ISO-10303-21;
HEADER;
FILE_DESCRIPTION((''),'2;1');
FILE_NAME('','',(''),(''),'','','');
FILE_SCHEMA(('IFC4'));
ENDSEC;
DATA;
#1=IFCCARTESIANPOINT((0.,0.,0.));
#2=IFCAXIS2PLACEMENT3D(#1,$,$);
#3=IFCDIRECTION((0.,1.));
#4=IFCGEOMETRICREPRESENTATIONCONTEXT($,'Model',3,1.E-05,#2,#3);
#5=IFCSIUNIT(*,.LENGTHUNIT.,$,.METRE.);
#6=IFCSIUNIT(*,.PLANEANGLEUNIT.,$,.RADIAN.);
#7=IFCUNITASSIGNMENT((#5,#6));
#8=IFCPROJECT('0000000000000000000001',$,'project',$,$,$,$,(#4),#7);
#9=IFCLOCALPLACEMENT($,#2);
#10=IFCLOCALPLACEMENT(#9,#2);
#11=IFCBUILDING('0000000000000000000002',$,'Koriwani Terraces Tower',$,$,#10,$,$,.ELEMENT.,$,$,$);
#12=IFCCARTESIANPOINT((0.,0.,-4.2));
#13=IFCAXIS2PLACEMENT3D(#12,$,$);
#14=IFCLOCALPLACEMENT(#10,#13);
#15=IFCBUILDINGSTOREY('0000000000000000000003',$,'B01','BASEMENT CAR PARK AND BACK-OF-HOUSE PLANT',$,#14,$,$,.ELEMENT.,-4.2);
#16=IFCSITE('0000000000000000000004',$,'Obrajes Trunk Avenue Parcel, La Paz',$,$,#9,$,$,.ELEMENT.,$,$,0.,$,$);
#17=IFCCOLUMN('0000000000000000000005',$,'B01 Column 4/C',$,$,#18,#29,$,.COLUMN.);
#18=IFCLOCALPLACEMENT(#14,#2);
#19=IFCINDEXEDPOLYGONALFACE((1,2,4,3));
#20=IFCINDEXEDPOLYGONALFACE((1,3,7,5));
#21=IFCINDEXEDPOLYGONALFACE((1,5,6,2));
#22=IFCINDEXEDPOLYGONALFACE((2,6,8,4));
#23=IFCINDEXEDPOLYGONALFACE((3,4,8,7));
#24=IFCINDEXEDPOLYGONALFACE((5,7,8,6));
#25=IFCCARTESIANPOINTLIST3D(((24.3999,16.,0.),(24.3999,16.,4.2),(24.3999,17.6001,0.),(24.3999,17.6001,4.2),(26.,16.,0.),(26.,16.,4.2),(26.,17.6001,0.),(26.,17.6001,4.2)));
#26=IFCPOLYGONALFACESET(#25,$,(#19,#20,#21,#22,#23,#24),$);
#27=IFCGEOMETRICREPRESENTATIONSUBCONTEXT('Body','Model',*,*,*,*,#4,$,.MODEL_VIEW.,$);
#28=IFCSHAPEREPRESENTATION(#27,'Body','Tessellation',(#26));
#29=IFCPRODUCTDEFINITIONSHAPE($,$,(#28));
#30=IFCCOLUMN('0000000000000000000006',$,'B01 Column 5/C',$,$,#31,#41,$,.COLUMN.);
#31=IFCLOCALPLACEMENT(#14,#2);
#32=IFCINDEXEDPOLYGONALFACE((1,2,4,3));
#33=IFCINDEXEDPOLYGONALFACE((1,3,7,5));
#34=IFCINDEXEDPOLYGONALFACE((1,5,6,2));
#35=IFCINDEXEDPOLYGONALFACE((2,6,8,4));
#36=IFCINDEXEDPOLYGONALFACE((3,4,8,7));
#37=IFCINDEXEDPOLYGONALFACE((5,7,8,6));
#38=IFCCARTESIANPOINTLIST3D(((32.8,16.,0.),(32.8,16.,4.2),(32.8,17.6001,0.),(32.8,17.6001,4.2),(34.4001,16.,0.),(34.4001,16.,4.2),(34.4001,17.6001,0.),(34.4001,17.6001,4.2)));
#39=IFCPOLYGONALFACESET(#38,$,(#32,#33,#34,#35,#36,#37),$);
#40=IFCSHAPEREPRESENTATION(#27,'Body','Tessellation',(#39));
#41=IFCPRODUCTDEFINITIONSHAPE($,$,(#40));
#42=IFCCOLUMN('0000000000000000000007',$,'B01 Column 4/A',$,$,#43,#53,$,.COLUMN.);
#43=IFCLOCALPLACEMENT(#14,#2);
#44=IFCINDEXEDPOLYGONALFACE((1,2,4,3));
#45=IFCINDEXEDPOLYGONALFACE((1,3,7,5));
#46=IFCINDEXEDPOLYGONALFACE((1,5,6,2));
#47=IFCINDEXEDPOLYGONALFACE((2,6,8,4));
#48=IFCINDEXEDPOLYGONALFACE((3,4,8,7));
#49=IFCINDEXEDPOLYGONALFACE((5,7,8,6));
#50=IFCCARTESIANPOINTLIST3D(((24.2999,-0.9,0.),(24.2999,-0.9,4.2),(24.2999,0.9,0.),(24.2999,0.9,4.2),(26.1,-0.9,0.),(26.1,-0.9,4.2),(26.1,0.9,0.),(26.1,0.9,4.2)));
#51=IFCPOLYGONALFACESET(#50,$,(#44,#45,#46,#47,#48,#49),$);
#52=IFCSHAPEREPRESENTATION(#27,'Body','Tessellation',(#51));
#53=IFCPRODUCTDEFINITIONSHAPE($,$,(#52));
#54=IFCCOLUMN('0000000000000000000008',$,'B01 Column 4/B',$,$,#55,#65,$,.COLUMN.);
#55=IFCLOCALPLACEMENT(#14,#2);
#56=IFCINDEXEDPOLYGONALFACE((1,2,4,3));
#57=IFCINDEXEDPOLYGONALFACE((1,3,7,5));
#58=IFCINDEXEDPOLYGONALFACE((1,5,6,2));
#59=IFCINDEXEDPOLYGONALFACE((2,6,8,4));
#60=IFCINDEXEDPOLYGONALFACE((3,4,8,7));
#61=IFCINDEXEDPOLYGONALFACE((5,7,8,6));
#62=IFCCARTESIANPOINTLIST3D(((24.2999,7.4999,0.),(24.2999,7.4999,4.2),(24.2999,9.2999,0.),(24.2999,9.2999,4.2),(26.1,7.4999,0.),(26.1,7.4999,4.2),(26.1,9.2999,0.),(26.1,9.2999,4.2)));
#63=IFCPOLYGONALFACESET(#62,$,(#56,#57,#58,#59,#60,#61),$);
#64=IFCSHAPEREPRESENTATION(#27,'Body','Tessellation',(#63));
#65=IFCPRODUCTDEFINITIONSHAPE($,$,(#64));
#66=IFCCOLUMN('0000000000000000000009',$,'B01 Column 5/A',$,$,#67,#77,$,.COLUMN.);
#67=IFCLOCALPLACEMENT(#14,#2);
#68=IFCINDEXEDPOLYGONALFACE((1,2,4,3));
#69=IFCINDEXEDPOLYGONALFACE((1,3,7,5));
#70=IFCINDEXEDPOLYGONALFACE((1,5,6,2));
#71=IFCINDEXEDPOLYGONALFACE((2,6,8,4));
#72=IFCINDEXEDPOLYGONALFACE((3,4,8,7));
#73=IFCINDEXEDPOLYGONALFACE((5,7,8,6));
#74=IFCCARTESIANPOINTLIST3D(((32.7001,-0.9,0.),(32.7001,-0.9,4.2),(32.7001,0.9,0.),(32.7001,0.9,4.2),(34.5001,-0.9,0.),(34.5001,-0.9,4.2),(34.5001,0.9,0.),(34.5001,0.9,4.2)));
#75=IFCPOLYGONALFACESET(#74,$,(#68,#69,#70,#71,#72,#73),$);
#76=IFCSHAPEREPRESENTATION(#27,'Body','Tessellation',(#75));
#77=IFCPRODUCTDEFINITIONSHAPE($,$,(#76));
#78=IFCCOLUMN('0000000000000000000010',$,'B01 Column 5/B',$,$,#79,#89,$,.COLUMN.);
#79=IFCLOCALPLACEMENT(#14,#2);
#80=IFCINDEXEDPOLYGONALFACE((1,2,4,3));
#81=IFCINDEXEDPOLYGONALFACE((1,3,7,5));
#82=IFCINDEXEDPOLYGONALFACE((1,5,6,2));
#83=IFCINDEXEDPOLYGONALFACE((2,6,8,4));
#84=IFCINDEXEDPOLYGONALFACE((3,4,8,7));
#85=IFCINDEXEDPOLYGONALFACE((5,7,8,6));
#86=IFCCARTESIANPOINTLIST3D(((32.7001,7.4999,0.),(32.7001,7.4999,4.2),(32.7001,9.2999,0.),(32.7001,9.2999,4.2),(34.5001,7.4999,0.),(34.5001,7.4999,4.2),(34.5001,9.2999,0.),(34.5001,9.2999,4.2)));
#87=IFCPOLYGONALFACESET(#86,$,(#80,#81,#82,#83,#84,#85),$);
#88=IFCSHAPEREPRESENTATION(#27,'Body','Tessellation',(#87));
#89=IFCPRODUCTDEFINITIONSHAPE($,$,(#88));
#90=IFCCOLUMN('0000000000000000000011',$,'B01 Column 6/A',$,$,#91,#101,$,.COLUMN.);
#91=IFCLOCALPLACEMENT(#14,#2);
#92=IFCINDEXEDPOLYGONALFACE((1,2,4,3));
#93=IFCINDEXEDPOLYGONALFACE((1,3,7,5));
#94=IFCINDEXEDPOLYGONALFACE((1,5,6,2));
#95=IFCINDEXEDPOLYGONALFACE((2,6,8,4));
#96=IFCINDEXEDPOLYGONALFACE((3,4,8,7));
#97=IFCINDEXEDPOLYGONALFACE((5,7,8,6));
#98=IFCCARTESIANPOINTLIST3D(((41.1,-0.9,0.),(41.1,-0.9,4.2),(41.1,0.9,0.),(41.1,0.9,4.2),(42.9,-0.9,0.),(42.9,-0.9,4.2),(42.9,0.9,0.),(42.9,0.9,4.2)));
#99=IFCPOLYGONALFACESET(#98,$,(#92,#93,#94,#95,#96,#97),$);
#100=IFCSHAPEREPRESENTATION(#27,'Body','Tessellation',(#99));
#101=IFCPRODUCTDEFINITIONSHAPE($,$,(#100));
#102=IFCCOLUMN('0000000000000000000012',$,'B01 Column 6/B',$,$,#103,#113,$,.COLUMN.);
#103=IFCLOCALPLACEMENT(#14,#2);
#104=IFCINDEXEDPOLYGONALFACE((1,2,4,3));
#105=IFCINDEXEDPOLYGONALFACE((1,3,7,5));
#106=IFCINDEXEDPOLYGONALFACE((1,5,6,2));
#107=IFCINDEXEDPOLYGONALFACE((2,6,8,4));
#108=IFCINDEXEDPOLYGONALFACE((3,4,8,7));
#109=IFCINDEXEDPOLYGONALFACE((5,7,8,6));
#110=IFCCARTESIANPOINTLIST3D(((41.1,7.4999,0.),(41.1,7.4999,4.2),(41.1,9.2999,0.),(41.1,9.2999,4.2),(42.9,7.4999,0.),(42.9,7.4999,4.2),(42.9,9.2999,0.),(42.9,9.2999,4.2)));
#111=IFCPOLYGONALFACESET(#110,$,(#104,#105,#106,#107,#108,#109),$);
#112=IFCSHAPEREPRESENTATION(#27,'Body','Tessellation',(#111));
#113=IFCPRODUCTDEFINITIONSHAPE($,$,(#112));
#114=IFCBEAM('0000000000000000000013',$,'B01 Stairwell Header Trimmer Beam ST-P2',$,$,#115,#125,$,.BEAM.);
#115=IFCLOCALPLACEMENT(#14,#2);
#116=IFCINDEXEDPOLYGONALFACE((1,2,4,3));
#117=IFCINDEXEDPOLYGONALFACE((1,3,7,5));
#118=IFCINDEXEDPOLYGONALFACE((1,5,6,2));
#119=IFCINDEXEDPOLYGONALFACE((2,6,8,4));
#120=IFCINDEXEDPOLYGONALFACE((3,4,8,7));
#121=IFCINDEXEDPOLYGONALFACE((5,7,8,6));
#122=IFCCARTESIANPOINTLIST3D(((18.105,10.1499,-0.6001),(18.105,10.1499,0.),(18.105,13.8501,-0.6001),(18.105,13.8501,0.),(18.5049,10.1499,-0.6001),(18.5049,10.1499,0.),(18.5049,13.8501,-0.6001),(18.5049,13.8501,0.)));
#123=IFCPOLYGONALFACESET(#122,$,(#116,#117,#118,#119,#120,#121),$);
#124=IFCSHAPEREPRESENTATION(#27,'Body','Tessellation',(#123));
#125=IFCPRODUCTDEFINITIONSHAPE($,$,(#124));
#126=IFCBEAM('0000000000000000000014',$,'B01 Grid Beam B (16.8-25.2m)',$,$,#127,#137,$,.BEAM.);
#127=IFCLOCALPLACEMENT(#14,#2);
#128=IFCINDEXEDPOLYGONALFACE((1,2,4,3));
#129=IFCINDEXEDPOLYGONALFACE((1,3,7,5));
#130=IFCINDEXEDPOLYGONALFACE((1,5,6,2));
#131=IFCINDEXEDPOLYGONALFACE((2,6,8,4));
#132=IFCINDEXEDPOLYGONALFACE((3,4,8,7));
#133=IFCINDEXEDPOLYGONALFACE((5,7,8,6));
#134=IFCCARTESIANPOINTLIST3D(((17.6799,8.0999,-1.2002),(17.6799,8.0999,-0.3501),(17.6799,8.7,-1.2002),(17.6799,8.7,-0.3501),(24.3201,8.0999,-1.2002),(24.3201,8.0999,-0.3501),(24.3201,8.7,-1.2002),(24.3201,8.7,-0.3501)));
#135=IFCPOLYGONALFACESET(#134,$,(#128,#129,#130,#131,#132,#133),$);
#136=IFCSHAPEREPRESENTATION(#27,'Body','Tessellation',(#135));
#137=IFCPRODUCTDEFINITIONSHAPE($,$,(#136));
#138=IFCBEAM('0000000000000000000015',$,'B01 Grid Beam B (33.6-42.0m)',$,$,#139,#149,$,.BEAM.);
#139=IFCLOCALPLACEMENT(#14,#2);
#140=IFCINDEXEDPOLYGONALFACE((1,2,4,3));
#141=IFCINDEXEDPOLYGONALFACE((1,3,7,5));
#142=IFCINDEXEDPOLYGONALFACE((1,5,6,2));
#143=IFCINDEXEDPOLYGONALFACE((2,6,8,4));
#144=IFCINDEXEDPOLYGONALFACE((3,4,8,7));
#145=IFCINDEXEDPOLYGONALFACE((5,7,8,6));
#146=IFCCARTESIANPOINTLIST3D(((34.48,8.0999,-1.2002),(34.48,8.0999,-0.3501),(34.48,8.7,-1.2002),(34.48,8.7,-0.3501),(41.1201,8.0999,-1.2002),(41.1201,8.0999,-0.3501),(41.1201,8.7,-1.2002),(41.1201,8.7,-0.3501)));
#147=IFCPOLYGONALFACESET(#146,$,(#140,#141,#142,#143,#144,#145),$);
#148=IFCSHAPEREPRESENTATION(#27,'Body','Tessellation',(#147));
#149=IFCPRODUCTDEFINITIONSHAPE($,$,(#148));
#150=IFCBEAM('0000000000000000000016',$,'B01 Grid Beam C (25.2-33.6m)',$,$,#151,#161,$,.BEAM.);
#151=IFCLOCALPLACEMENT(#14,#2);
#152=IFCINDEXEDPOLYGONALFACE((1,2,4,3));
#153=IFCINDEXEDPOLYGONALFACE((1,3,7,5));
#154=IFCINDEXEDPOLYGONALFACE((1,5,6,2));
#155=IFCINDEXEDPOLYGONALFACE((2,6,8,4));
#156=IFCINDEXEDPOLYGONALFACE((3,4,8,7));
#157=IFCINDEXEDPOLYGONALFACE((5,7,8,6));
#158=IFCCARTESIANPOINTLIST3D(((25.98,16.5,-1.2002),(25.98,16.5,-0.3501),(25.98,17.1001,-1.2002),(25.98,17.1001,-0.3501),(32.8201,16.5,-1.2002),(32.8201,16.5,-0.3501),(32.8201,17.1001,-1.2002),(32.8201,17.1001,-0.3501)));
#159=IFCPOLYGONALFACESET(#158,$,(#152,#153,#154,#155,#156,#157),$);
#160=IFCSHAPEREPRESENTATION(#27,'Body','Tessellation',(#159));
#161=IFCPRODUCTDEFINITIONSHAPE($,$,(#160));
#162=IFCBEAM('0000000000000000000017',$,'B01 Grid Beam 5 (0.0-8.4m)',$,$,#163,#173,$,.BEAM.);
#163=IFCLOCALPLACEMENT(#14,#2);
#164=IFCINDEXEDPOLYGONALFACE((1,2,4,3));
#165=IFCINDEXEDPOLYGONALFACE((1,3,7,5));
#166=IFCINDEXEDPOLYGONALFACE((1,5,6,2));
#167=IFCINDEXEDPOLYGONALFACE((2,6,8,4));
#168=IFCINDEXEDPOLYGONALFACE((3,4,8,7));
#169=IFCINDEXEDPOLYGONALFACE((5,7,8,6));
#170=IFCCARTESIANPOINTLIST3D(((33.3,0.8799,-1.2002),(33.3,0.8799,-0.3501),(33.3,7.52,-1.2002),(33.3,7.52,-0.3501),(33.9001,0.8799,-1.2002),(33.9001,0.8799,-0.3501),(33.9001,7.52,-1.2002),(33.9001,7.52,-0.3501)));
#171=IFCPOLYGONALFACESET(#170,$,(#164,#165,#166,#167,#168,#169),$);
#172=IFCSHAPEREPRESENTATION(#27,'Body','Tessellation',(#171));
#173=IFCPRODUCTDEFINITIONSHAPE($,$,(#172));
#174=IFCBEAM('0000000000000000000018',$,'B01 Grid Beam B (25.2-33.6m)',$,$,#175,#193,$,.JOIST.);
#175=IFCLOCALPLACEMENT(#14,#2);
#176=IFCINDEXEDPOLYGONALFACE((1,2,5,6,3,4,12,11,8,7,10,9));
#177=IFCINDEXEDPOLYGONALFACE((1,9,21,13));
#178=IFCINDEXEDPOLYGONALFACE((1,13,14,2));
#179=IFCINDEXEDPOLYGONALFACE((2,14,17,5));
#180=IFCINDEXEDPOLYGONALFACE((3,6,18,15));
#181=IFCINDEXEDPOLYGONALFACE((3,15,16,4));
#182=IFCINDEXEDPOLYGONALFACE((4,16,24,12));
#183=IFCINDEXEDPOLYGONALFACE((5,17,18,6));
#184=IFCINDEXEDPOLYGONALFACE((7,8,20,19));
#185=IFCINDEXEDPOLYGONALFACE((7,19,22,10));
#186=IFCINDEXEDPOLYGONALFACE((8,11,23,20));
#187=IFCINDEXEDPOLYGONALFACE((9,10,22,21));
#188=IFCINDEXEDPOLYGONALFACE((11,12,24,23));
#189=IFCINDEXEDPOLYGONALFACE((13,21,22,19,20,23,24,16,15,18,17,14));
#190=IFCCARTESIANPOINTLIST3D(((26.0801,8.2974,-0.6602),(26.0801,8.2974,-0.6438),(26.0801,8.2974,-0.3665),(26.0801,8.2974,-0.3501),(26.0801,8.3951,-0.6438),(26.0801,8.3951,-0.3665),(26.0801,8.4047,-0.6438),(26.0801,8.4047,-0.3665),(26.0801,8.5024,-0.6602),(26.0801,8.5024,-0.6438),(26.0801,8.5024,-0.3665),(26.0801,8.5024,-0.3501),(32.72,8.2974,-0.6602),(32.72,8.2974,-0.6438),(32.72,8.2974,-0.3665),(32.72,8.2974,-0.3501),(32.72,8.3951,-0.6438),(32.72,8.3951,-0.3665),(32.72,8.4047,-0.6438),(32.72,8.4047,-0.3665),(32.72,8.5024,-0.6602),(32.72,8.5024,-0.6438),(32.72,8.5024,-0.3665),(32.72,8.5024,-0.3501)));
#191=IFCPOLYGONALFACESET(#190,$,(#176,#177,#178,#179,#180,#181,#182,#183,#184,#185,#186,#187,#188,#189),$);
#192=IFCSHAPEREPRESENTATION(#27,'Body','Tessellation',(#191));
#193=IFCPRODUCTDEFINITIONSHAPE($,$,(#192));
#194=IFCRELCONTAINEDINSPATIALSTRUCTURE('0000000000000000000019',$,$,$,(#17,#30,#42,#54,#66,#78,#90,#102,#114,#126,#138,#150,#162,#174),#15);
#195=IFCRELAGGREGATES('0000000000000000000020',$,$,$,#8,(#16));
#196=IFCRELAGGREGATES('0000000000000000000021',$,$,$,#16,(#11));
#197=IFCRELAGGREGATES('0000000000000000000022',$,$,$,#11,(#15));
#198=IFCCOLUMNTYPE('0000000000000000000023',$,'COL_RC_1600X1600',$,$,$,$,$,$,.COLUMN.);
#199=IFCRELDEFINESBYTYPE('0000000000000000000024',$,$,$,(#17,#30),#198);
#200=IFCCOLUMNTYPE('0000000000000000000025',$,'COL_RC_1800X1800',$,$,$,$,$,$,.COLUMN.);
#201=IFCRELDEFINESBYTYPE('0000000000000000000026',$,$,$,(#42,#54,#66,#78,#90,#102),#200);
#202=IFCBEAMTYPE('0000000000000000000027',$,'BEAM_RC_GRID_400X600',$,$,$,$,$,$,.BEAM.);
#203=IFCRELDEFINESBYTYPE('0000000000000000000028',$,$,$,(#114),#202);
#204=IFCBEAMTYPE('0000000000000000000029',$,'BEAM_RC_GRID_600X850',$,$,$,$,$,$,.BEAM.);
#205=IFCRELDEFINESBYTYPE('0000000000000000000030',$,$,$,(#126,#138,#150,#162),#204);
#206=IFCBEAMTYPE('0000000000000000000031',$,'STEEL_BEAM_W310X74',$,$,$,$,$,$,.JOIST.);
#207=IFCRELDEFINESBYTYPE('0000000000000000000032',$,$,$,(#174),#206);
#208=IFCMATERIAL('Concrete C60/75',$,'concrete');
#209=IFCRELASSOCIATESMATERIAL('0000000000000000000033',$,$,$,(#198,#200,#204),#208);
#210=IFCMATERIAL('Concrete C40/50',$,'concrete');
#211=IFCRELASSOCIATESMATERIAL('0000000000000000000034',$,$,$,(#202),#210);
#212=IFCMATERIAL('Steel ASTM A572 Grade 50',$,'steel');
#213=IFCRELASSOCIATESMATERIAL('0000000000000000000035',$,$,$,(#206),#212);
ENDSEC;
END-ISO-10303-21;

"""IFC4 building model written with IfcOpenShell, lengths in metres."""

from ifc_helpers import new_model, si_unit, direction, frame, origin, origin_2d, place, context, subcontext, project, spatial, rectangle, i_section, extrude, material, material_profile, profile_set, type_object, element, save


model = new_model("IFC4")

# Units and contexts
model_context = context("Model", 3, precision=1e-05, world=origin(), true_north=direction((0.0, 1.0)))
body_context = subcontext(model_context, "Body", "Model", "MODEL_VIEW")
ifc_project = project(units=[si_unit("LENGTHUNIT", "METRE"), si_unit("PLANEANGLEUNIT", "RADIAN")], contexts=[model_context])

# Site, building, storey
site_placement = place(None, origin())
site = spatial("IfcSite", under=ifc_project, at=site_placement, Name="Obrajes Trunk Avenue Parcel, La Paz", CompositionType="ELEMENT", RefElevation=0.0)
building_placement = place(site_placement, origin())
building = spatial("IfcBuilding", under=site, at=building_placement, Name="Koriwani Terraces Tower", CompositionType="ELEMENT")
storey_placement = place(building_placement, frame((0.0, 0.0, -4.2)))
storey = spatial("IfcBuildingStorey", under=building, at=storey_placement, Name="B01", Description="BASEMENT CAR PARK AND BACK-OF-HOUSE PLANT", CompositionType="ELEMENT", Elevation=-4.2)

# Columns
ifc_material_1 = material(Name="Concrete C60/75", Category="concrete")
ifc_material_profile_1 = material_profile(ifc_material_1, rectangle(XDim=1.6001, YDim=1.6001, at=origin_2d()), Name="Concrete C60/75", Category="LoadBearing")
ifc_profile_set_1 = profile_set([ifc_material_profile_1], Name="Concrete C60/75")
column_type_1 = type_object("IfcColumnType", Name="COL_RC_1600X1600", PredefinedType="COLUMN", material=ifc_profile_set_1)
for number, where, z_axis, x_axis, name in (
    (1, (25.2, 16.8, 0.0), (0.0, 0.0, 1.0), (1.0, 0.0, 0.0), "B01 Column 4/C"),
    (2, (33.6001, 16.8, 0.0), (0.0, 0.0, 1.0), (1.0, 0.0, 0.0), "B01 Column 5/C"),
):
    element("IfcColumn", number, at=place(storey_placement, frame(where, z_axis=z_axis, x_axis=x_axis)), inside=storey, type_object=column_type_1, Name=name, PredefinedType="COLUMN", context=body_context, shape_type="SweptSolid", body=[
        extrude(rectangle(XDim=1.6001, YDim=1.6001, at=origin_2d()), origin(), (0.0, 0.0, 1.0), 4.2),
    ])
ifc_material_profile_2 = material_profile(ifc_material_1, rectangle(XDim=1.8, YDim=1.8, at=origin_2d()), Name="Concrete C60/75", Category="LoadBearing")
ifc_profile_set_2 = profile_set([ifc_material_profile_2], Name="Concrete C60/75")
column_type_2 = type_object("IfcColumnType", Name="COL_RC_1800X1800", PredefinedType="COLUMN", material=ifc_profile_set_2)
for number, where, z_axis, x_axis, name in (
    (3, (25.2, 0.0, 0.0), (0.0, 0.0, 1.0), (1.0, 0.0, 0.0), "B01 Column 4/A"),
    (4, (25.2, 8.3999, 0.0), (0.0, 0.0, 1.0), (1.0, 0.0, 0.0), "B01 Column 4/B"),
    (5, (33.6001, 0.0, 0.0), (0.0, 0.0, 1.0), (1.0, 0.0, 0.0), "B01 Column 5/A"),
    (6, (33.6001, 8.3999, 0.0), (0.0, 0.0, 1.0), (1.0, 0.0, 0.0), "B01 Column 5/B"),
    (7, (42.0, 0.0, 0.0), (0.0, 0.0, 1.0), (1.0, 0.0, 0.0), "B01 Column 6/A"),
    (8, (42.0, 8.3999, 0.0), (0.0, 0.0, 1.0), (1.0, 0.0, 0.0), "B01 Column 6/B"),
):
    element("IfcColumn", number, at=place(storey_placement, frame(where, z_axis=z_axis, x_axis=x_axis)), inside=storey, type_object=column_type_2, Name=name, PredefinedType="COLUMN", context=body_context, shape_type="SweptSolid", body=[
        extrude(rectangle(XDim=1.8, YDim=1.8, at=origin_2d()), origin(), (0.0, 0.0, 1.0), 4.2),
    ])

# Beams
ifc_material_2 = material(Name="Concrete C40/50", Category="concrete")
ifc_material_profile_3 = material_profile(ifc_material_2, rectangle(XDim=0.3999, YDim=0.6001, at=origin_2d()), Name="Concrete C40/50", Category="LoadBearing")
ifc_profile_set_3 = profile_set([ifc_material_profile_3], Name="Concrete C40/50")
beam_type_1 = type_object("IfcBeamType", Name="BEAM_RC_GRID_400X600", PredefinedType="BEAM", material=ifc_profile_set_3)
beam_1_placement = place(storey_placement, frame((18.3049, 10.1499, -0.3), z_axis=(0.0, 1.0, 0.0), x_axis=(-1.0, 0.0, 0.0)))
element("IfcBeam", 9, at=beam_1_placement, inside=storey, type_object=beam_type_1, Name="B01 Stairwell Header Trimmer Beam ST-P2", PredefinedType="BEAM", context=body_context, shape_type="SweptSolid", body=[
    extrude(rectangle(XDim=0.3999, YDim=0.6001, at=origin_2d()), origin(), (0.0, 0.0, 1.0), 3.7002),
])
ifc_material_profile_4 = material_profile(ifc_material_1, rectangle(XDim=0.6001, YDim=0.8501, at=origin_2d()), Name="Concrete C60/75", Category="LoadBearing")
ifc_profile_set_4 = profile_set([ifc_material_profile_4], Name="Concrete C60/75")
beam_type_2 = type_object("IfcBeamType", Name="BEAM_RC_GRID_600X850", PredefinedType="BEAM", material=ifc_profile_set_4)
for number, where, z_axis, x_axis, name in (
    (10, (17.6799, 8.3999, -0.7751), (1.0, 0.0, 0.0), (0.0, 1.0, 0.0), "B01 Grid Beam B (16.8-25.2m)"),
    (11, (34.48, 8.3999, -0.7751), (1.0, 0.0, 0.0), (0.0, 1.0, 0.0), "B01 Grid Beam B (33.6-42.0m)"),
):
    element("IfcBeam", number, at=place(storey_placement, frame(where, z_axis=z_axis, x_axis=x_axis)), inside=storey, type_object=beam_type_2, Name=name, PredefinedType="BEAM", context=body_context, shape_type="SweptSolid", body=[
        extrude(rectangle(XDim=0.6001, YDim=0.8501, at=origin_2d()), origin(), (0.0, 0.0, 1.0), 6.6401),
    ])
beam_2_placement = place(storey_placement, frame((25.98, 16.8, -0.7751), z_axis=(1.0, 0.0, 0.0), x_axis=(0.0, 1.0, 0.0)))
element("IfcBeam", 12, at=beam_2_placement, inside=storey, type_object=beam_type_2, Name="B01 Grid Beam C (25.2-33.6m)", PredefinedType="BEAM", context=body_context, shape_type="SweptSolid", body=[
    extrude(rectangle(XDim=0.6001, YDim=0.8501, at=origin_2d()), origin(), (0.0, 0.0, 1.0), 6.8401),
])
beam_3_placement = place(storey_placement, frame((33.6001, 0.8799, -0.7751), z_axis=(0.0, 1.0, 0.0), x_axis=(-1.0, 0.0, 0.0)))
element("IfcBeam", 13, at=beam_3_placement, inside=storey, type_object=beam_type_2, Name="B01 Grid Beam 5 (0.0-8.4m)", PredefinedType="BEAM", context=body_context, shape_type="SweptSolid", body=[
    extrude(rectangle(XDim=0.6001, YDim=0.8501, at=origin_2d()), origin(), (0.0, 0.0, 1.0), 6.6401),
])
ifc_material_3 = material(Name="Steel ASTM A572 Grade 50", Category="steel")
ifc_material_profile_5 = material_profile(ifc_material_3, i_section(OverallWidth=0.2051, OverallDepth=0.3101, WebThickness=0.0095, FlangeThickness=0.0164, at=origin_2d()), Name="Steel ASTM A572 Grade 50", Category="LoadBearing")
ifc_profile_set_5 = profile_set([ifc_material_profile_5], Name="Steel ASTM A572 Grade 50")
beam_type_3 = type_object("IfcBeamType", Name="STEEL_BEAM_W310X74", PredefinedType="JOIST", material=ifc_profile_set_5)
beam_4_placement = place(storey_placement, frame((26.0801, 8.3999, -0.5051), z_axis=(1.0, 0.0, 0.0), x_axis=(0.0, 1.0, 0.0)))
element("IfcBeam", 14, at=beam_4_placement, inside=storey, type_object=beam_type_3, Name="B01 Grid Beam B (25.2-33.6m)", PredefinedType="JOIST", context=body_context, shape_type="SweptSolid", body=[
    extrude(i_section(OverallWidth=0.2051, OverallDepth=0.3101, WebThickness=0.0095, FlangeThickness=0.0164, at=origin_2d()), origin(), (0.0, 0.0, 1.0), 6.6399),
])

save(model, "model.ifc")
